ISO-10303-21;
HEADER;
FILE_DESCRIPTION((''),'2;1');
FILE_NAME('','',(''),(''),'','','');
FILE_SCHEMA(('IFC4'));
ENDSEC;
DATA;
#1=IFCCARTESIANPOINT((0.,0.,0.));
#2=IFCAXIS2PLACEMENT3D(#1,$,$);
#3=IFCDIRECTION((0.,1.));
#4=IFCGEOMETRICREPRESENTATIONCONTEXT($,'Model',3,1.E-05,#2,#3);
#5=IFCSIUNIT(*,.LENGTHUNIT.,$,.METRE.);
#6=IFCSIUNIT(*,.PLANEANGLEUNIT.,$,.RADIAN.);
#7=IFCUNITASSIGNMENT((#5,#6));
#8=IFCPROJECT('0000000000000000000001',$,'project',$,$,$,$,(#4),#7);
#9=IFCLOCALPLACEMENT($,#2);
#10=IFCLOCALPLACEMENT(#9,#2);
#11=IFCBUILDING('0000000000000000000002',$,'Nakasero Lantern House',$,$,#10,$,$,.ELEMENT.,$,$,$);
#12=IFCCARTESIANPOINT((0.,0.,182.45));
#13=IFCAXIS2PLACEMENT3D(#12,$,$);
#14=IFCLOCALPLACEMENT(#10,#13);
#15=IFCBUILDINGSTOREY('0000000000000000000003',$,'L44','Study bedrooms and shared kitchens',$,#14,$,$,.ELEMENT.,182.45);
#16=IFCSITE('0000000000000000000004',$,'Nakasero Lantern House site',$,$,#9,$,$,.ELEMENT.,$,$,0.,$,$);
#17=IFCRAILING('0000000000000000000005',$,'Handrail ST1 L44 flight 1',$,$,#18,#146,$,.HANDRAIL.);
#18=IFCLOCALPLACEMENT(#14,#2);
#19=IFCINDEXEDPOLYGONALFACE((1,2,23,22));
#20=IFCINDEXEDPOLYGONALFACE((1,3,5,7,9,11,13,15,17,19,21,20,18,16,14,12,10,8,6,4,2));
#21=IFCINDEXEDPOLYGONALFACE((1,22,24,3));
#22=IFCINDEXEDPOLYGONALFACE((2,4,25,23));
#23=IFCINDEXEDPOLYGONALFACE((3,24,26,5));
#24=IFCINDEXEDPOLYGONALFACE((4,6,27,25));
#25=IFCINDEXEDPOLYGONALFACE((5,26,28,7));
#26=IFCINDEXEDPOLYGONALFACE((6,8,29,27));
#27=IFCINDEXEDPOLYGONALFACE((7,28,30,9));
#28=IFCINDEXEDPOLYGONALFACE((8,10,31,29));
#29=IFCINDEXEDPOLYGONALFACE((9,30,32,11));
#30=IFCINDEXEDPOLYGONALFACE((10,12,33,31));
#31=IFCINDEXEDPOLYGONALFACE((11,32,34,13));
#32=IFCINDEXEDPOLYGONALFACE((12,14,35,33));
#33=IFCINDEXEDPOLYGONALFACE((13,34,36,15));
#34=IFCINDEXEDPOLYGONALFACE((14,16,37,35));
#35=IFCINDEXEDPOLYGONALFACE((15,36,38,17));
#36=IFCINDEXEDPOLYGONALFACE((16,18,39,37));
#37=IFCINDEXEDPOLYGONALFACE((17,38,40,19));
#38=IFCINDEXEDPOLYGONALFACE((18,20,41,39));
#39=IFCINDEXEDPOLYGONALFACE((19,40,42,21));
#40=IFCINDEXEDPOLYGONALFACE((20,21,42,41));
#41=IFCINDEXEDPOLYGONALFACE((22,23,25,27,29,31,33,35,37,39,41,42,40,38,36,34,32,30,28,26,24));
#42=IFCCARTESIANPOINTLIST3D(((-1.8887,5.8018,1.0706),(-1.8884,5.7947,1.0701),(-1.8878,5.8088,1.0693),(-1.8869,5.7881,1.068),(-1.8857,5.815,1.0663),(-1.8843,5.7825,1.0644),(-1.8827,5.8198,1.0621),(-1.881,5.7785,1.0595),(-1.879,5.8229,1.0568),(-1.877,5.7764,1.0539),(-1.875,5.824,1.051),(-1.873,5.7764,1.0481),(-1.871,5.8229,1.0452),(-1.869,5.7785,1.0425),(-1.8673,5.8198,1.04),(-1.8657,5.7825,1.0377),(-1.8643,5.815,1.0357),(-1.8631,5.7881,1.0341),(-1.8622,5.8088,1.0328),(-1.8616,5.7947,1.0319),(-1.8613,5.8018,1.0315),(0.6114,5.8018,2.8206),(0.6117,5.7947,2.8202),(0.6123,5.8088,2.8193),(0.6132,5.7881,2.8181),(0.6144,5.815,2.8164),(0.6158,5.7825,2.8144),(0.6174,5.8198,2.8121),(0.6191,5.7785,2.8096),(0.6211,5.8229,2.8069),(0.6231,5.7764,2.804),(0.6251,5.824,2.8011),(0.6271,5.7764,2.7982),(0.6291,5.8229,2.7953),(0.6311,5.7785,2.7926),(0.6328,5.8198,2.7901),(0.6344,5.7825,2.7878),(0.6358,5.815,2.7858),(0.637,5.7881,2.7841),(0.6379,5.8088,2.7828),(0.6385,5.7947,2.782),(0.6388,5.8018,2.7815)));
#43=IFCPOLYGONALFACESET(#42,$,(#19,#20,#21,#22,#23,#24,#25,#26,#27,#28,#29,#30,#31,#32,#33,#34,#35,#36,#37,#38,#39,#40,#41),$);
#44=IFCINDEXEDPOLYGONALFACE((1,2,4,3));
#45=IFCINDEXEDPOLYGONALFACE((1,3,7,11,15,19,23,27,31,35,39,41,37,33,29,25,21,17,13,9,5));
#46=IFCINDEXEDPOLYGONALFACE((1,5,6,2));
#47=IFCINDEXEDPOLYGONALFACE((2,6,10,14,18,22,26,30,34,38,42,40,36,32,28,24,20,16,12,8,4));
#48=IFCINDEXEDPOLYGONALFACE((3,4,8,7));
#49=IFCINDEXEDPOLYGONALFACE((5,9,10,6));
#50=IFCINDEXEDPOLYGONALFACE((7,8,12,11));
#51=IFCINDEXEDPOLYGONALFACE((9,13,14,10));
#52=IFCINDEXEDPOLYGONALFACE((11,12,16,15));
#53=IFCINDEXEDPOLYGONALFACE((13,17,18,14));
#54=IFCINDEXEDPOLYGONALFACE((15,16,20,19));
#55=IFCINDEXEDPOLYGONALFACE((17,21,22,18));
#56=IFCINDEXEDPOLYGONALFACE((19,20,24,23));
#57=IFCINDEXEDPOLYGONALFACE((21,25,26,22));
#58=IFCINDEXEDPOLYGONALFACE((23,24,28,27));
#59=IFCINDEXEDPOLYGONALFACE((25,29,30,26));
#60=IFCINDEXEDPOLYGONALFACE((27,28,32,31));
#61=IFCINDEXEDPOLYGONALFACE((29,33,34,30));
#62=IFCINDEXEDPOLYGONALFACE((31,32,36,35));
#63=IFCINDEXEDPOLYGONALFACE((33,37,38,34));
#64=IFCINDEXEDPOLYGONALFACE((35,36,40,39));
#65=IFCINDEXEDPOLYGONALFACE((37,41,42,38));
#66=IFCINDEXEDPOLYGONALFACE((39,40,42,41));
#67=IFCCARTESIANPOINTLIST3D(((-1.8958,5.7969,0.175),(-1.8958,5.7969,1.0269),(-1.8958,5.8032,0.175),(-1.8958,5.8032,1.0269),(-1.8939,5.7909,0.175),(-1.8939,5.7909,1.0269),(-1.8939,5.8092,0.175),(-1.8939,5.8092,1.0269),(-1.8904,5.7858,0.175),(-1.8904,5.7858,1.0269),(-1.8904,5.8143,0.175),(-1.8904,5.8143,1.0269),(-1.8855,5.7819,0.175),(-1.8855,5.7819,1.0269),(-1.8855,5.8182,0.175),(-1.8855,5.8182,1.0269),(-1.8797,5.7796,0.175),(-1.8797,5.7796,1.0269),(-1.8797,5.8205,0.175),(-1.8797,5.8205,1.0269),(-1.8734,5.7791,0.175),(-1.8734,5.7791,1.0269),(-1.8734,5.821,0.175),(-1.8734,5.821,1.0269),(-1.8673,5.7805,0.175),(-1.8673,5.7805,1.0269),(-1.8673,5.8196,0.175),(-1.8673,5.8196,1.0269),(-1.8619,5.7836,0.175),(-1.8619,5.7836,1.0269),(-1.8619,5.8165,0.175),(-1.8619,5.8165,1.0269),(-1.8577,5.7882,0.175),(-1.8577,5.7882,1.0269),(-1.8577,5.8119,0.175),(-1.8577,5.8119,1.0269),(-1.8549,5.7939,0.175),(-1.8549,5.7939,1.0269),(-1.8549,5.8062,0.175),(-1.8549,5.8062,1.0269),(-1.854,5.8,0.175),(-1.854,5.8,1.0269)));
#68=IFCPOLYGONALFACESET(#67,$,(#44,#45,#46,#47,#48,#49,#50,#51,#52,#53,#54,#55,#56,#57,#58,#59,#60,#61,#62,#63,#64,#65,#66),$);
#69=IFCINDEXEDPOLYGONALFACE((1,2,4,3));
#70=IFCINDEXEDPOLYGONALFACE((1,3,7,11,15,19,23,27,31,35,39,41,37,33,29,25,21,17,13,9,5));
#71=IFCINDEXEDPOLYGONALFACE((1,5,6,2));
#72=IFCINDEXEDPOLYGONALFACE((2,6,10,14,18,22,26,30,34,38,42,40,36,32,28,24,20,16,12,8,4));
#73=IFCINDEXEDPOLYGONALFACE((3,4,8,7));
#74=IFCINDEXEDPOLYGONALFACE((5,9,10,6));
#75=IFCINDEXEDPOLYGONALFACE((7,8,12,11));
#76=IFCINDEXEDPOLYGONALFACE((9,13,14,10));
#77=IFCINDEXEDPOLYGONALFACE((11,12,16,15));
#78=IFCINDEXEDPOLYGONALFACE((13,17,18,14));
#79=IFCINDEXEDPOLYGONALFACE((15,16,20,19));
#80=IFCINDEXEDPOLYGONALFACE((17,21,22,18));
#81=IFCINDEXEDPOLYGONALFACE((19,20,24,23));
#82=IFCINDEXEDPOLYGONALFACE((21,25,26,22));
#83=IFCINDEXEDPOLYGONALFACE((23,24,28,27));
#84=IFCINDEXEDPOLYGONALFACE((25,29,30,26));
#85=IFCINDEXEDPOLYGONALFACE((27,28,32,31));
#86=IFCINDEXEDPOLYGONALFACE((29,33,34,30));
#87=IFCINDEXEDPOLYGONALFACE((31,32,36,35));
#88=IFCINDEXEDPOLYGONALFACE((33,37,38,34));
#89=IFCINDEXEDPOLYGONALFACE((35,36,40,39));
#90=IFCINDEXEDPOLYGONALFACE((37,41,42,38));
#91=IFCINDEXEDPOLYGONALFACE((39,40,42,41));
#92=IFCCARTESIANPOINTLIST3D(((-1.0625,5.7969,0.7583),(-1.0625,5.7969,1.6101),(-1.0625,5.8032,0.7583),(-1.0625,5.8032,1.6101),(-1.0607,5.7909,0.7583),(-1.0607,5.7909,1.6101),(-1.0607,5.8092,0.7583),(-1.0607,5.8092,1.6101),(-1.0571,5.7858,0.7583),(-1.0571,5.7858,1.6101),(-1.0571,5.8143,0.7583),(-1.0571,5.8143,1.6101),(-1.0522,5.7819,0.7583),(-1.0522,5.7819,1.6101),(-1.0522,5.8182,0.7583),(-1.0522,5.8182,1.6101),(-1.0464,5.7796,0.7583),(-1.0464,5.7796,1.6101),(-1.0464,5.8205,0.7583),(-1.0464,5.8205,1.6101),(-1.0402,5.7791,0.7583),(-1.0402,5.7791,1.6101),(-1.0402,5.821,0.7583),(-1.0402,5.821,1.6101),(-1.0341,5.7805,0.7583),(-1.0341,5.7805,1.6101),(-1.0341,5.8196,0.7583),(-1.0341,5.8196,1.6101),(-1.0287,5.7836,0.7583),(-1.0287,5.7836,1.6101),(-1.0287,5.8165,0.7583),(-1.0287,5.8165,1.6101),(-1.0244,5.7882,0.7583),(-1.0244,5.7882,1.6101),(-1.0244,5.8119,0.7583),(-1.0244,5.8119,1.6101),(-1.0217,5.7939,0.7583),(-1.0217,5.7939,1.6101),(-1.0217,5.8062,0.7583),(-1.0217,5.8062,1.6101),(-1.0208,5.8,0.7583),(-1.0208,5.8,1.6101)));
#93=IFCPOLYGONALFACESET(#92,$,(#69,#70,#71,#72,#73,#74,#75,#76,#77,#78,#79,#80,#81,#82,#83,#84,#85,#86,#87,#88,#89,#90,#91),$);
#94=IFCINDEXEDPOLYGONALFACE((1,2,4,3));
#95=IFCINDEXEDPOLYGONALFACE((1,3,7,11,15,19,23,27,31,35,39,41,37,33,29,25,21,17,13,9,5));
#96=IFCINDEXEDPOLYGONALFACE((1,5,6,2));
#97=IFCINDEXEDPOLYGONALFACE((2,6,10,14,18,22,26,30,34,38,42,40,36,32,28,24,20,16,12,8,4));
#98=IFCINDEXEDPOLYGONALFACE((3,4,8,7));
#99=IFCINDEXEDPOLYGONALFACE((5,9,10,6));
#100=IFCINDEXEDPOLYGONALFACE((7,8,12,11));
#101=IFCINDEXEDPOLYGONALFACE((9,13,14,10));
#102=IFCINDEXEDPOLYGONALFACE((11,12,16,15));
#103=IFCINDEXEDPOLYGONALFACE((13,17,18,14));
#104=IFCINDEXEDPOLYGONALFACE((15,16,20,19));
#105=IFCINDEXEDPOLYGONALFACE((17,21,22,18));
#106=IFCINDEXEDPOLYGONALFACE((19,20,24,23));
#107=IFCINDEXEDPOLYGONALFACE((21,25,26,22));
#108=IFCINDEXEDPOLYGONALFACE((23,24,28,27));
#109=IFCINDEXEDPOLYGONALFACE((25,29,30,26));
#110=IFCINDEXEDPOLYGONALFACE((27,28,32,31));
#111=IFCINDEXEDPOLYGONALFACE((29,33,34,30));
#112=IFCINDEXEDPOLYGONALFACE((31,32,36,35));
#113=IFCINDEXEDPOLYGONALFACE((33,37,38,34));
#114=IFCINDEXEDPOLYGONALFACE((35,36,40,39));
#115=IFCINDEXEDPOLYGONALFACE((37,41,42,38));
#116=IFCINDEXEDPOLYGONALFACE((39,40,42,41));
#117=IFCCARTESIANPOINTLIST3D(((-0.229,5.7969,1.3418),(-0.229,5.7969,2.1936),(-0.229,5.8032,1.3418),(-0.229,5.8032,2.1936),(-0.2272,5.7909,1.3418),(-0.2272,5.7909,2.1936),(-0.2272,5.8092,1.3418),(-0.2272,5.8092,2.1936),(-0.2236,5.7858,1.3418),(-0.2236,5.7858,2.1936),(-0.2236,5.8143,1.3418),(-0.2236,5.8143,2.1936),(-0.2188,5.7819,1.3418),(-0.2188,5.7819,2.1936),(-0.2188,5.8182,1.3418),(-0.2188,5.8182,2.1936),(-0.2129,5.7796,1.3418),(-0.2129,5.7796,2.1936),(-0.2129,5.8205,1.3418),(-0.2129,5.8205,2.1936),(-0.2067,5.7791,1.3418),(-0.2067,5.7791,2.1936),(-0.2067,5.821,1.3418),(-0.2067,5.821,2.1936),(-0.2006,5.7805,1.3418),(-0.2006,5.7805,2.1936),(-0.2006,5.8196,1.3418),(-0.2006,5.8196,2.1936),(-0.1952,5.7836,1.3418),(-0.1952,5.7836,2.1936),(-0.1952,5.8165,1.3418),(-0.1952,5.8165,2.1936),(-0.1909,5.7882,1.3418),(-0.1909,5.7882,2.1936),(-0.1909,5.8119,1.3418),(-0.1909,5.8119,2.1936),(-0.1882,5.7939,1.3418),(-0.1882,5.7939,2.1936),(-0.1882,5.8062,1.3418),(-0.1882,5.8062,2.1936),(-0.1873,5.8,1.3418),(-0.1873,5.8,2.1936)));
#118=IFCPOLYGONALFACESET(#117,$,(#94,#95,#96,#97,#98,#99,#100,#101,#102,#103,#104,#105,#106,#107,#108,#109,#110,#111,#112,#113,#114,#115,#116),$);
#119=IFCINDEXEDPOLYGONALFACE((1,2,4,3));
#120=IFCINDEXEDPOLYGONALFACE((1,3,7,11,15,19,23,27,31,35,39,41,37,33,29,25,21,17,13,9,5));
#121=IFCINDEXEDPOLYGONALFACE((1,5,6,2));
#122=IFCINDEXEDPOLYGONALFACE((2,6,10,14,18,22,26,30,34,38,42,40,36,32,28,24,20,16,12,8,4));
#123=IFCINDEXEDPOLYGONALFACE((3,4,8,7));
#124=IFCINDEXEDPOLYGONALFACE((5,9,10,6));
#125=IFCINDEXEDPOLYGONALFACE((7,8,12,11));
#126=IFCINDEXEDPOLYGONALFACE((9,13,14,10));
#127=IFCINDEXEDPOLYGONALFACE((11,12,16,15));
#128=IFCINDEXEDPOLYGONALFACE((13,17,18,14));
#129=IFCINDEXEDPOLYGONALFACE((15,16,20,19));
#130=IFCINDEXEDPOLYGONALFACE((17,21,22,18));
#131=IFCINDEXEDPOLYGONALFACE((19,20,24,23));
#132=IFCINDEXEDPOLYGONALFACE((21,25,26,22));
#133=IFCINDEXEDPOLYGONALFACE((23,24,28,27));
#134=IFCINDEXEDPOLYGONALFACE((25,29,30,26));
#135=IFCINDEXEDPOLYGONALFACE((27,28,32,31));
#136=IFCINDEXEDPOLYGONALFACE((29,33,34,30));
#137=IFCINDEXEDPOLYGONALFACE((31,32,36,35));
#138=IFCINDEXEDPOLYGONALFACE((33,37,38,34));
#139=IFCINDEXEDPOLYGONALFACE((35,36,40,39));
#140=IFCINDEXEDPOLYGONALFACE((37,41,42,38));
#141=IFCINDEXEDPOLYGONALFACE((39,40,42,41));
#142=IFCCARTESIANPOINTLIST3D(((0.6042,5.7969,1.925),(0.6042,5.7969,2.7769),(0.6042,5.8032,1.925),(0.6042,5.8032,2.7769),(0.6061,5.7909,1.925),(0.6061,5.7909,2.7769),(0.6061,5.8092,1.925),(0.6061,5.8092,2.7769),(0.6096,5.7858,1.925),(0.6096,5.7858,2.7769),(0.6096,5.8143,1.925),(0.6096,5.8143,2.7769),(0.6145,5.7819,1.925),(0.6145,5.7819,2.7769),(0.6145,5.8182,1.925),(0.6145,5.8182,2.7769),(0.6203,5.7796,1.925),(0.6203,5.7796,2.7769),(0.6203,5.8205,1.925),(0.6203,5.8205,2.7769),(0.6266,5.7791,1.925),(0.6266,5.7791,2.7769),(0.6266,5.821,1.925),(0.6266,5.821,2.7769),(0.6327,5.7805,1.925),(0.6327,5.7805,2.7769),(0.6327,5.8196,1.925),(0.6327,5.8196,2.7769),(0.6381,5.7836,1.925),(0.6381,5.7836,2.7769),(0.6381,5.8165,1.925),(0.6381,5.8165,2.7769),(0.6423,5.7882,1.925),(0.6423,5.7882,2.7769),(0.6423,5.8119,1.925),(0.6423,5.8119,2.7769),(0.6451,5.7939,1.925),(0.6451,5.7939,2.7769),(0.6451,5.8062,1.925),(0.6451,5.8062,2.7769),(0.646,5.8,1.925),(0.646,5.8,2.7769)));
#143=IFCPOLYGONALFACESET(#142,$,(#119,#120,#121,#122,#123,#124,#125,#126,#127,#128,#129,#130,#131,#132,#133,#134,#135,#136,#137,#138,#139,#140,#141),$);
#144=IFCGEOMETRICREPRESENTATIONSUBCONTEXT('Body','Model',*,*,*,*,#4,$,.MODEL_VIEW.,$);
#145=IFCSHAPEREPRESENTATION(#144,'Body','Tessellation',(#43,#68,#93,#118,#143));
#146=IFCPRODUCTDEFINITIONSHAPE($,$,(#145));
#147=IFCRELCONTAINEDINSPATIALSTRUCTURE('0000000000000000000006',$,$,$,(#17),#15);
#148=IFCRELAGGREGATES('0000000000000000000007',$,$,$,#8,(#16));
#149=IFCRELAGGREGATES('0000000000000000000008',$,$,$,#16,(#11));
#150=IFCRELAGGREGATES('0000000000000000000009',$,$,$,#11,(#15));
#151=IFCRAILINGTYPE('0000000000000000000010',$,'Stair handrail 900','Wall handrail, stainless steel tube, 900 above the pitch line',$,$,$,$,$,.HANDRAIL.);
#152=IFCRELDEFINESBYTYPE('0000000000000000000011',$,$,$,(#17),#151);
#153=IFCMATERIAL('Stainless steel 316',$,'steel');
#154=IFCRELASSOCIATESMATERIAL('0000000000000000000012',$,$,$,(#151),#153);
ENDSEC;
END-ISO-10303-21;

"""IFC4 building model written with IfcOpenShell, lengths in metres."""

from ifc_helpers import new_model, si_unit, direction, frame, origin, origin_2d, place, context, subcontext, project, spatial, circle, extrude, material, type_object, element, save


model = new_model("IFC4")

# Units and contexts
model_context = context("Model", 3, precision=1e-05, world=origin(), true_north=direction((0.0, 1.0)))
body_context = subcontext(model_context, "Body", "Model", "MODEL_VIEW")
ifc_project = project(units=[si_unit("LENGTHUNIT", "METRE"), si_unit("PLANEANGLEUNIT", "RADIAN")], contexts=[model_context])

# Site, building, storey
site_placement = place(None, origin())
site = spatial("IfcSite", under=ifc_project, at=site_placement, Name="Nakasero Lantern House site", CompositionType="ELEMENT", RefElevation=0.0)
building_placement = place(site_placement, origin())
building = spatial("IfcBuilding", under=site, at=building_placement, Name="Nakasero Lantern House", CompositionType="ELEMENT")
storey_placement = place(building_placement, frame((0.0, 0.0, 182.45)))
storey = spatial("IfcBuildingStorey", under=building, at=storey_placement, Name="L44", Description="Study bedrooms and shared kitchens", CompositionType="ELEMENT", Elevation=182.45)

# Railing
ifc_material_1 = material(Name="Stainless steel 316", Category="steel")
railing_type = type_object("IfcRailingType", Name="Stair handrail 900", Description="Wall handrail, stainless steel tube, 900 above the pitch line", PredefinedType="HANDRAIL", material=ifc_material_1)
railing_placement = place(storey_placement, frame((-1.875, 5.8, 0.175)))
element("IfcRailing", 1, at=railing_placement, inside=storey, type_object=railing_type, Name="Handrail ST1 L44 flight 1", PredefinedType="HANDRAIL", context=body_context, shape_type="SweptSolid", body=[
    extrude(circle(Radius=0.0239, at=origin_2d()), frame((0.0, 0.0, 0.876), z_axis=(0.819232, 0.0, 0.573462), x_axis=(0.0, 1.0, 0.0)), (0.0, 0.0, 1.0), 3.0518),
    extrude(circle(Radius=0.021, at=origin_2d()), origin(), (0.0, 0.0, 1.0), 0.8518),
    extrude(circle(Radius=0.021, at=origin_2d()), frame((0.8333, 0.0, 0.5833)), (0.0, 0.0, 1.0), 0.8518),
    extrude(circle(Radius=0.021, at=origin_2d()), frame((1.6667, 0.0, 1.1667)), (0.0, 0.0, 1.0), 0.8518),
    extrude(circle(Radius=0.021, at=origin_2d()), frame((2.5, 0.0, 1.75)), (0.0, 0.0, 1.0), 0.8518),
])

save(model, "model.ifc")
